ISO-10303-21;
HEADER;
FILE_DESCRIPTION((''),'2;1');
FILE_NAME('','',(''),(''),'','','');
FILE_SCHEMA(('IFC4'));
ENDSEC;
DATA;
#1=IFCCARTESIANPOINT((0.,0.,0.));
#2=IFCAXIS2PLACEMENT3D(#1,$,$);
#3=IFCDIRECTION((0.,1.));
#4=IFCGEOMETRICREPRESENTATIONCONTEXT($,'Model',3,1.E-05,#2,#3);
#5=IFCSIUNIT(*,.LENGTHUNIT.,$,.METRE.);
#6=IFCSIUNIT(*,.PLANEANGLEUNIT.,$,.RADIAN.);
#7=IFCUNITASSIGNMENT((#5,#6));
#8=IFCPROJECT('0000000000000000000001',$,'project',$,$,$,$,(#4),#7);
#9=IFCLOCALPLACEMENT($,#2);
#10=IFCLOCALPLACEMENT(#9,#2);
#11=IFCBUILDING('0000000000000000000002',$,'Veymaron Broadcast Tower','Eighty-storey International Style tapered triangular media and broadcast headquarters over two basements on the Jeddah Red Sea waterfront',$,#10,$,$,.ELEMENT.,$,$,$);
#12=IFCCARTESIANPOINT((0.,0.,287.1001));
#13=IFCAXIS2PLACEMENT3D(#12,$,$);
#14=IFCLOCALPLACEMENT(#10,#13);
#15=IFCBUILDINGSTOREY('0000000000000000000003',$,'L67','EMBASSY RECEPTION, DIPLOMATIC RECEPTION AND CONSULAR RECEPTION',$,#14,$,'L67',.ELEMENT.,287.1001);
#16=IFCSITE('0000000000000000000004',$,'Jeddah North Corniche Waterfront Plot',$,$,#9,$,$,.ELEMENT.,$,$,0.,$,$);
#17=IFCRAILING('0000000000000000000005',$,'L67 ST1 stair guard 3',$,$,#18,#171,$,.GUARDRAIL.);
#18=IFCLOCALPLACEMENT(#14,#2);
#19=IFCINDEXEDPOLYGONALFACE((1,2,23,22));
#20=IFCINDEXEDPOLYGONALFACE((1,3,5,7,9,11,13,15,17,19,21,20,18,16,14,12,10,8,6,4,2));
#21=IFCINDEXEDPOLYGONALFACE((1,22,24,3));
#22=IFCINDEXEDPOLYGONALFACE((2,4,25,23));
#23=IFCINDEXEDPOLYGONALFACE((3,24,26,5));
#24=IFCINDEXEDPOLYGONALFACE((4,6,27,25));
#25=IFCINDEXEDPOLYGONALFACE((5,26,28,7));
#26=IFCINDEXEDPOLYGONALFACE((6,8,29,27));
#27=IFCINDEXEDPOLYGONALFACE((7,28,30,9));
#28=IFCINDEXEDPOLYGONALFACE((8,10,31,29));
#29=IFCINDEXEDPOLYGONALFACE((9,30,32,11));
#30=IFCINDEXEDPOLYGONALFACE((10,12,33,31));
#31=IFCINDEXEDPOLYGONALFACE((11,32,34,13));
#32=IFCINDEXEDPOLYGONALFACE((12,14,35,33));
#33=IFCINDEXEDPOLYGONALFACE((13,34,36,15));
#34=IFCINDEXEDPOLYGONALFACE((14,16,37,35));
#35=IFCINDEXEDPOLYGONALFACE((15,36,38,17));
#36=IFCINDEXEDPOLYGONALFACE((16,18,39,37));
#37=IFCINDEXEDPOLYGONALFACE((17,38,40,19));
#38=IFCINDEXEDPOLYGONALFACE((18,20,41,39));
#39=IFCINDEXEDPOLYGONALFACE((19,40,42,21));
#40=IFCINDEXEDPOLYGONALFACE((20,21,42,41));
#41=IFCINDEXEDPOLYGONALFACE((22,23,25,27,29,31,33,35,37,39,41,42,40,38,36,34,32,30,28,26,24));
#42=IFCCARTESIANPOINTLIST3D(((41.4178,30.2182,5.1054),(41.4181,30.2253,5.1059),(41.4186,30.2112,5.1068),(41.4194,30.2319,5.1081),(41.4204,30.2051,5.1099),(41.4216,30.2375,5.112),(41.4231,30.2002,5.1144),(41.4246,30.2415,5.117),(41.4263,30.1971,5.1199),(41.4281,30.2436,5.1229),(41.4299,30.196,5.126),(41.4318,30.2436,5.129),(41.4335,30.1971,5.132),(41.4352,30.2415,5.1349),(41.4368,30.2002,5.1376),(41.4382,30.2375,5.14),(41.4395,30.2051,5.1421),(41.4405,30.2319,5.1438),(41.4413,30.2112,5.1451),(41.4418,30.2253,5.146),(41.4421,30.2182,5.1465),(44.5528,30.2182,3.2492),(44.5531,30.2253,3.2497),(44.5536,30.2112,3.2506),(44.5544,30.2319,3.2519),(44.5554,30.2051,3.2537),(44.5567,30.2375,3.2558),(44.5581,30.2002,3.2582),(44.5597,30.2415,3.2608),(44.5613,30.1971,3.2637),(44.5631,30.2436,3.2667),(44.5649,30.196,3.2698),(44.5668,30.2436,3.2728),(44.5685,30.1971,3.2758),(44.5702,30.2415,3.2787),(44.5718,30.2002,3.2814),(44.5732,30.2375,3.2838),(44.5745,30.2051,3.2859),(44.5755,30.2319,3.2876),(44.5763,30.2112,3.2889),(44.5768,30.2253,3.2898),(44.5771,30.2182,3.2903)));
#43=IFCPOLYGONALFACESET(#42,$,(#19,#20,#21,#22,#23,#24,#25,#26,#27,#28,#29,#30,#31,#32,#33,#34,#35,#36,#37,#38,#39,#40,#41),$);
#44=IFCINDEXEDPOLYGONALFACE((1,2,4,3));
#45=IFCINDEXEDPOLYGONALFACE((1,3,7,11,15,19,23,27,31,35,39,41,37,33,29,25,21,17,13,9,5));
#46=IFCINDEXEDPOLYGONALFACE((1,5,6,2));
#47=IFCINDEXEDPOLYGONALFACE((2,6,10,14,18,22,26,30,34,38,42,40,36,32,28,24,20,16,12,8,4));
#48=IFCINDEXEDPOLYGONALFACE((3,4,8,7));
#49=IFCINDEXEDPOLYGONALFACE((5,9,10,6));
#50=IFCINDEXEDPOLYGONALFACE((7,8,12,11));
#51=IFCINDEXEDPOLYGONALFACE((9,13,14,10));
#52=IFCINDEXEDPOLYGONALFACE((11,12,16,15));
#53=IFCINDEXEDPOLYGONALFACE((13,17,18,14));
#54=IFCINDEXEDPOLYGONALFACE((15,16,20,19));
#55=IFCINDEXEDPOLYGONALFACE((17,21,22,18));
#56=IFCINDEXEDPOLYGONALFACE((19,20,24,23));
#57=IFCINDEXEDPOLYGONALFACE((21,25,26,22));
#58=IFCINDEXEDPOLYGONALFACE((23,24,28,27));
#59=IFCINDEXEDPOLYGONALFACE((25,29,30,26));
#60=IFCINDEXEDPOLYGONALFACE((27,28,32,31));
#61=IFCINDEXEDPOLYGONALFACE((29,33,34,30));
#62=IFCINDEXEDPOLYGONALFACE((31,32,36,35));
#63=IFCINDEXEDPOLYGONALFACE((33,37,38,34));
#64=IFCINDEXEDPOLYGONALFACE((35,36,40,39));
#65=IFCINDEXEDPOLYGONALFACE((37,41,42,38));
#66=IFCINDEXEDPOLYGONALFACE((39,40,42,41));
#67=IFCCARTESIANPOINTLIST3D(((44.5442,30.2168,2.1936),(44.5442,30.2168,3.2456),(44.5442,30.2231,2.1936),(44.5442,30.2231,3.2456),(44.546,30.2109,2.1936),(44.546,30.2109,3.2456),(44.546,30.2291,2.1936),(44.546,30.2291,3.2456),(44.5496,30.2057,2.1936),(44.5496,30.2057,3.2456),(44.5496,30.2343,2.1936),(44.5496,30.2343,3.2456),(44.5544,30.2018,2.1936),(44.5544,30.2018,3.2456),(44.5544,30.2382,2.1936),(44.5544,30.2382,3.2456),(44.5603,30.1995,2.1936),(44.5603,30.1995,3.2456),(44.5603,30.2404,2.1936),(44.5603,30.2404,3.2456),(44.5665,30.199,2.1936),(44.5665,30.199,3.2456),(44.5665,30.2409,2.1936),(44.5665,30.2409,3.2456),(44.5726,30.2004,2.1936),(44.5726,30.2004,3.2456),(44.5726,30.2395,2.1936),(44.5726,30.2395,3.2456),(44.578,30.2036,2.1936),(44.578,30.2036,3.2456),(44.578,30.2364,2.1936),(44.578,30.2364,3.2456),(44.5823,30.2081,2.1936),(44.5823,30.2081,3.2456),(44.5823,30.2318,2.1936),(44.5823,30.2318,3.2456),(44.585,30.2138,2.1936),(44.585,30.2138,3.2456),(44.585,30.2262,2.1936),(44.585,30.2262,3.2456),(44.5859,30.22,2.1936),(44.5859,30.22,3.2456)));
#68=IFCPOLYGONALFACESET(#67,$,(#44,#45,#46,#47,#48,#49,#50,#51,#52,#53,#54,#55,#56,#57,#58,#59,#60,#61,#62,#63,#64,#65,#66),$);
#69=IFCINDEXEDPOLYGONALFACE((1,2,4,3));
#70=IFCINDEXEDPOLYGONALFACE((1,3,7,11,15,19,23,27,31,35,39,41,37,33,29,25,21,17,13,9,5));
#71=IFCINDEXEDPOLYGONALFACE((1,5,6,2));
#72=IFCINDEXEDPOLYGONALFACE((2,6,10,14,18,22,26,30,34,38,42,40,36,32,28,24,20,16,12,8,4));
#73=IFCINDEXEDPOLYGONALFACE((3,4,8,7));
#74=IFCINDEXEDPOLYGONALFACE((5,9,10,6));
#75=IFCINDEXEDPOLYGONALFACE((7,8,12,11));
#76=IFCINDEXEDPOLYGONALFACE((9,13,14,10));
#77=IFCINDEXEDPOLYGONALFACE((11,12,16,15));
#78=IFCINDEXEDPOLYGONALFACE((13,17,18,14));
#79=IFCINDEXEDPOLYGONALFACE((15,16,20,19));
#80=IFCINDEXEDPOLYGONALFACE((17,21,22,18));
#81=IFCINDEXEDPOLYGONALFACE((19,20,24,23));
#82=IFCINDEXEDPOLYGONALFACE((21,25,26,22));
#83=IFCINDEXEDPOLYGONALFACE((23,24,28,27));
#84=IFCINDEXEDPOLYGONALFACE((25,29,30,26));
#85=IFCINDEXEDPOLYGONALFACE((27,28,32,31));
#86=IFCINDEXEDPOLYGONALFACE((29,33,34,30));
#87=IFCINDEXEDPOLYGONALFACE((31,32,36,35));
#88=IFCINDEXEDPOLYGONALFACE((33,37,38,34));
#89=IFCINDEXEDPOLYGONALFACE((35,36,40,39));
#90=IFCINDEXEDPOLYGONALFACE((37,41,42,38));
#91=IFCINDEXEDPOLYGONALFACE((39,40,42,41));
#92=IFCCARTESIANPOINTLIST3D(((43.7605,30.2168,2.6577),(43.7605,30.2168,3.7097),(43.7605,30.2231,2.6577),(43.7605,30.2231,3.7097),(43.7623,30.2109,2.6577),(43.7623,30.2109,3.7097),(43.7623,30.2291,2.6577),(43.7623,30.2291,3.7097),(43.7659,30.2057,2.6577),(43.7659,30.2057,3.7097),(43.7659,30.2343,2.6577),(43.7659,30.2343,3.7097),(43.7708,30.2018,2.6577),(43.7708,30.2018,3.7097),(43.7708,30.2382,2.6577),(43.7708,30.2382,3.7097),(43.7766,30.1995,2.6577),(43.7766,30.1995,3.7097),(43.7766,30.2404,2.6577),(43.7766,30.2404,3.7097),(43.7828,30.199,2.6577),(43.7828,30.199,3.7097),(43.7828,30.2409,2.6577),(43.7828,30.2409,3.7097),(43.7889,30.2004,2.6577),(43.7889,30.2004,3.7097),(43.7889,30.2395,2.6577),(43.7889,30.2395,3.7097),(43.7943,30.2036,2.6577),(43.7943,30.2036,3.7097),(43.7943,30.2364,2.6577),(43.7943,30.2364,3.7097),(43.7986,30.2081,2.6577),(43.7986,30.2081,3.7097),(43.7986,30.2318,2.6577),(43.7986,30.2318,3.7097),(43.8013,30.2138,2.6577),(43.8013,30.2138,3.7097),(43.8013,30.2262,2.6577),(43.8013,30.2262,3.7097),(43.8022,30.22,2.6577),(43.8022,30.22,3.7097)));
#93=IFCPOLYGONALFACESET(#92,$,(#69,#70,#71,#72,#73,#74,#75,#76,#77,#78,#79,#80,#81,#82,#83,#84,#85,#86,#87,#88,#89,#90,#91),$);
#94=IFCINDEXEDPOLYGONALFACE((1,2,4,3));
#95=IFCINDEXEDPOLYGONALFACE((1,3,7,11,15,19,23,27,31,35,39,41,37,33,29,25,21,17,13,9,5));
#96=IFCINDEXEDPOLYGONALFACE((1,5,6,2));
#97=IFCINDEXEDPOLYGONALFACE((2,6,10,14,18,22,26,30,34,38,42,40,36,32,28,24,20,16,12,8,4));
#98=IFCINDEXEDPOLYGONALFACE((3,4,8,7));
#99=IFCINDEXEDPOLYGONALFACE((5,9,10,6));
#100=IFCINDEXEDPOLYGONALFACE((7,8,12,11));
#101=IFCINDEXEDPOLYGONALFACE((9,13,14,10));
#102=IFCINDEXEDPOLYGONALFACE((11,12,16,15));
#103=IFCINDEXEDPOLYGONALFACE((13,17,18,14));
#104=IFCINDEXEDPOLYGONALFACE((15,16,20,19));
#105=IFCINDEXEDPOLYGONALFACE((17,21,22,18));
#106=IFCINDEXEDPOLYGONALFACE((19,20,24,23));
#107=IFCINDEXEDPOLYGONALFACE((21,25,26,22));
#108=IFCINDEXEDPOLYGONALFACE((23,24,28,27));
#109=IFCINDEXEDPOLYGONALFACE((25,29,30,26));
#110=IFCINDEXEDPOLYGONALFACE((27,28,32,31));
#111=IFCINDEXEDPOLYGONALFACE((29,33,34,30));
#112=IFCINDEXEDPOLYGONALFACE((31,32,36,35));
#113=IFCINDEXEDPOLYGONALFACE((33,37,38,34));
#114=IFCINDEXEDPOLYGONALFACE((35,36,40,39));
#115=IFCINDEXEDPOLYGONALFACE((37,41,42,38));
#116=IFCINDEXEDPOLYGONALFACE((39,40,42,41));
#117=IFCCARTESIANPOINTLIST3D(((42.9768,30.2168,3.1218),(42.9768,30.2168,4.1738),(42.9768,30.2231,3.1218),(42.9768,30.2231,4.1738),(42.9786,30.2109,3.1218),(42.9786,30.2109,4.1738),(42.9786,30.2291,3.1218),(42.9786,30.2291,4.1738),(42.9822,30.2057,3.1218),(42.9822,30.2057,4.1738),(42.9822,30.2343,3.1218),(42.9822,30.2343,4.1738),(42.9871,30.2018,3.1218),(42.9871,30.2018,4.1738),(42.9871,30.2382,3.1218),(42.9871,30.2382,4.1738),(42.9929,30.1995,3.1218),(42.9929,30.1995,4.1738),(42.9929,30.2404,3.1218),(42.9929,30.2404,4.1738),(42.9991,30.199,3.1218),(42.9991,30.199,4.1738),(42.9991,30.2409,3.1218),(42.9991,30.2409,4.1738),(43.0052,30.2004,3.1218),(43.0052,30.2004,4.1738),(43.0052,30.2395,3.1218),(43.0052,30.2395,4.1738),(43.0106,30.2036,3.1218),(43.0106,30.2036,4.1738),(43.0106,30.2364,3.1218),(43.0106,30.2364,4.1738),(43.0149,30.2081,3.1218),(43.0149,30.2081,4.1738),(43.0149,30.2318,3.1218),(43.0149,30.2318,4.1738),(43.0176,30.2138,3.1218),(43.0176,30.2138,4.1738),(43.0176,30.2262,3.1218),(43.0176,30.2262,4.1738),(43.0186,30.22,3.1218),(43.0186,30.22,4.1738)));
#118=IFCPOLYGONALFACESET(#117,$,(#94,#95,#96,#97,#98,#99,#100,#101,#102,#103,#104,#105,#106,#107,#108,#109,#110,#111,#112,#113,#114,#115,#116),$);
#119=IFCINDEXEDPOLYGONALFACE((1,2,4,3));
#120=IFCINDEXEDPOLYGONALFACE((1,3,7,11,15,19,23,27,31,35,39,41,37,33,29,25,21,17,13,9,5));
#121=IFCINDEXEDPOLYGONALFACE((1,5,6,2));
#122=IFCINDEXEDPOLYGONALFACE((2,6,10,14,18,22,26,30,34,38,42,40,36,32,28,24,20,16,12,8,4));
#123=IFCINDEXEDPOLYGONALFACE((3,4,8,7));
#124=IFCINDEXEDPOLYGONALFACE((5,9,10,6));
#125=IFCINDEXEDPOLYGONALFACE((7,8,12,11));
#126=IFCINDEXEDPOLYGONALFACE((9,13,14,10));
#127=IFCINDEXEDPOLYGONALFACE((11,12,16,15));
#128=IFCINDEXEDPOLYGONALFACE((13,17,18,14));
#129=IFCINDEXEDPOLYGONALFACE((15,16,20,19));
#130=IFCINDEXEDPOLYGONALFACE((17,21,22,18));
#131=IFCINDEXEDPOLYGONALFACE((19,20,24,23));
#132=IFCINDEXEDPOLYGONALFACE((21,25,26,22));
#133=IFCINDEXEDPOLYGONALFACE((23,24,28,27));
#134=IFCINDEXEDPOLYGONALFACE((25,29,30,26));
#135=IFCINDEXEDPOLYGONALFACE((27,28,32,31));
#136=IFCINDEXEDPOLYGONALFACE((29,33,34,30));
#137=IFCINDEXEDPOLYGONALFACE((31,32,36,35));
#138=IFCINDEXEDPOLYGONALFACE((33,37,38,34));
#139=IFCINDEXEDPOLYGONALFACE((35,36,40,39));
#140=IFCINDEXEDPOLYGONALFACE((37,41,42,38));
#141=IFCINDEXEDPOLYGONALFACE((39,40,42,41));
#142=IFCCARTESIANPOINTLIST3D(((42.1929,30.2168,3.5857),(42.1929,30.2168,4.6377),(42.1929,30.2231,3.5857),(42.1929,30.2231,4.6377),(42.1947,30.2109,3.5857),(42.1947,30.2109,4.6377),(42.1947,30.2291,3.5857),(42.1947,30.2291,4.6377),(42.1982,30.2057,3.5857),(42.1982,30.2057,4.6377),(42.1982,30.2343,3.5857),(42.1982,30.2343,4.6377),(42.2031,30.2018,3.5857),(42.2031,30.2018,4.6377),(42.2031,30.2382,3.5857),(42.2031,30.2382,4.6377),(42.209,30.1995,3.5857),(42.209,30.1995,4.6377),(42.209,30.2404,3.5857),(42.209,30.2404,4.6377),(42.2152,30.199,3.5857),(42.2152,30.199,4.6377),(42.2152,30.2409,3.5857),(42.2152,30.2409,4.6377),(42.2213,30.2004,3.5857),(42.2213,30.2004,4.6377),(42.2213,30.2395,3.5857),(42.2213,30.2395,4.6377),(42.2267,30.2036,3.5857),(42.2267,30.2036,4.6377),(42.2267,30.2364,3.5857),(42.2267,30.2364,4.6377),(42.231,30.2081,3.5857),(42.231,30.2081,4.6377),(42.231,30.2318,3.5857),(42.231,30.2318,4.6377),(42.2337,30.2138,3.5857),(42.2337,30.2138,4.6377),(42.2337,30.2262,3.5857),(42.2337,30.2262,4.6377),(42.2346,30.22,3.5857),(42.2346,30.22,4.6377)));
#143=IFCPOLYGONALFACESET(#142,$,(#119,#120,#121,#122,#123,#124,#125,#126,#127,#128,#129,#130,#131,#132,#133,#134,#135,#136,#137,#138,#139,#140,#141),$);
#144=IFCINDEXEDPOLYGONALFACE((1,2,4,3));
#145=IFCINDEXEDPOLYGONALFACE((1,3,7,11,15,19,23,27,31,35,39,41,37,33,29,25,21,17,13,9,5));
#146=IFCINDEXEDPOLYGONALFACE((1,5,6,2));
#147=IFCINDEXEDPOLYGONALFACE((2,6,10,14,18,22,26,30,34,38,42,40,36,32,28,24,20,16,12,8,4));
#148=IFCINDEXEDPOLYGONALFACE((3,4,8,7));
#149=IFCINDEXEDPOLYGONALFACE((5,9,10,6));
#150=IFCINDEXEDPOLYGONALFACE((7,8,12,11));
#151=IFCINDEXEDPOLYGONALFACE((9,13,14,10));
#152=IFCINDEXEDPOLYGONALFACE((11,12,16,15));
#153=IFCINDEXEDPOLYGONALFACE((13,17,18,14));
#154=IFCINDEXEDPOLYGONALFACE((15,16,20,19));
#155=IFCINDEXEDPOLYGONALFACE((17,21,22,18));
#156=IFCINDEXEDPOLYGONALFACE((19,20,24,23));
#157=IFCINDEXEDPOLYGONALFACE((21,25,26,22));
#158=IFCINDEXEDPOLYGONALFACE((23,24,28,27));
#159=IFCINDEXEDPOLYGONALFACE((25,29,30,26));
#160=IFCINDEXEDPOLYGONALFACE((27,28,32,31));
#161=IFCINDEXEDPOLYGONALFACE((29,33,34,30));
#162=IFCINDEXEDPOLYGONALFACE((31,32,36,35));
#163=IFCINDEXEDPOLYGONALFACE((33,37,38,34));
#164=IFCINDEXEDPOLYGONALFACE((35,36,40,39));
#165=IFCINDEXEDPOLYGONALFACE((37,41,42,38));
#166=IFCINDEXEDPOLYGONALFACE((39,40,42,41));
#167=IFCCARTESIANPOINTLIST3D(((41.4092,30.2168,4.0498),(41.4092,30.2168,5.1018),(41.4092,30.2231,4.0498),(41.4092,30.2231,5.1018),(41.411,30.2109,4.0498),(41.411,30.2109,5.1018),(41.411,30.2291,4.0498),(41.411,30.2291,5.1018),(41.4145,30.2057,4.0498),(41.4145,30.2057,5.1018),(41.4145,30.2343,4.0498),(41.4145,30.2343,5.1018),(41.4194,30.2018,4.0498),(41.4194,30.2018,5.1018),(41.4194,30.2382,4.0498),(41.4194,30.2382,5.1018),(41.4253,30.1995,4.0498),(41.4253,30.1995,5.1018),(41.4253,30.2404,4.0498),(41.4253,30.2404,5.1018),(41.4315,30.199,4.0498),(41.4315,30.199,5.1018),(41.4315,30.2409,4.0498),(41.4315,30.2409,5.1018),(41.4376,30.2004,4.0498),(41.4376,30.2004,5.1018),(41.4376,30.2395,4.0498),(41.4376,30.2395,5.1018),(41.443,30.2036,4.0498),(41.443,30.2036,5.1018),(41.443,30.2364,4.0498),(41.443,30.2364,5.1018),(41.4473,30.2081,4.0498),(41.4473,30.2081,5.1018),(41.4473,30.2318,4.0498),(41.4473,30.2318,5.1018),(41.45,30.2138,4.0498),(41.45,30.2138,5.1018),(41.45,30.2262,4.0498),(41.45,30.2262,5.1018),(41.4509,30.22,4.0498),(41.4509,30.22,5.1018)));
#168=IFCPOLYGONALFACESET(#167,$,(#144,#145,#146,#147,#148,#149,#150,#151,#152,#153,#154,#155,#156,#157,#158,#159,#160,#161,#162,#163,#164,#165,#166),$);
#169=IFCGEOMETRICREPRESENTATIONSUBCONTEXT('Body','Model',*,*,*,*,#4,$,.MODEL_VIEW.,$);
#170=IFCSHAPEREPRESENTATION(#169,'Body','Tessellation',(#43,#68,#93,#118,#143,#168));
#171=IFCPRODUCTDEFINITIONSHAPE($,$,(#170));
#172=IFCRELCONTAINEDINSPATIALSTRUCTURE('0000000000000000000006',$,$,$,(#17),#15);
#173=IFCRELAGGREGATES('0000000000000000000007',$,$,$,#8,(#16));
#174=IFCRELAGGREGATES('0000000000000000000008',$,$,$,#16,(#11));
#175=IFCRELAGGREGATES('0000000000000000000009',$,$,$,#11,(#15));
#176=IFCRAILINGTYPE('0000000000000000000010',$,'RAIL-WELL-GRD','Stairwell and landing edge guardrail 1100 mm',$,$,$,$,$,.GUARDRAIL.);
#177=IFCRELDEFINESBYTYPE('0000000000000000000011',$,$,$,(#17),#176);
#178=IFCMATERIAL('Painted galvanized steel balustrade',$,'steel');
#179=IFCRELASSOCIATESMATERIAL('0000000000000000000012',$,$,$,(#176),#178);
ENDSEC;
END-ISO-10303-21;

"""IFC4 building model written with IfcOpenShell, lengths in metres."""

from ifc_helpers import new_model, si_unit, direction, frame, origin, origin_2d, place, context, subcontext, project, spatial, circle, extrude, material, type_object, element, save


model = new_model("IFC4")

# Units and contexts
model_context = context("Model", 3, precision=1e-05, world=origin(), true_north=direction((0.0, 1.0)))
body_context = subcontext(model_context, "Body", "Model", "MODEL_VIEW")
ifc_project = project(units=[si_unit("LENGTHUNIT", "METRE"), si_unit("PLANEANGLEUNIT", "RADIAN")], contexts=[model_context])

# Site, building, storey
site_placement = place(None, origin())
site = spatial("IfcSite", under=ifc_project, at=site_placement, Name="Jeddah North Corniche Waterfront Plot", CompositionType="ELEMENT", RefElevation=0.0)
building_placement = place(site_placement, origin())
building = spatial("IfcBuilding", under=site, at=building_placement, Name="Veymaron Broadcast Tower", Description="Eighty-storey International Style tapered triangular media and broadcast headquarters over two basements on the Jeddah Red Sea waterfront", CompositionType="ELEMENT")
storey_placement = place(building_placement, frame((0.0, 0.0, 287.1001)))
storey = spatial("IfcBuildingStorey", under=building, at=storey_placement, Name="L67", Description="EMBASSY RECEPTION, DIPLOMATIC RECEPTION AND CONSULAR RECEPTION", LongName="L67", CompositionType="ELEMENT", Elevation=287.1001)

# Railing
ifc_material_1 = material(Name="Painted galvanized steel balustrade", Category="steel")
railing_type_1 = type_object("IfcRailingType", Name="RAIL-WELL-GRD", Description="Stairwell and landing edge guardrail 1100 mm", PredefinedType="GUARDRAIL", material=ifc_material_1)
railing_1_placement = place(storey_placement, frame((44.5649, 30.22, 2.1936)))
element("IfcRailing", 1, at=railing_1_placement, inside=storey, type_object=railing_type_1, Name="L67 ST1 stair guard 3", PredefinedType="GUARDRAIL", context=body_context, shape_type="SweptSolid", body=[
    extrude(circle(Radius=0.0239, at=origin_2d()), frame((0.0, 0.0, 1.0762), z_axis=(-0.860482, 0.0, 0.509481), x_axis=(0.0, -1.0, 0.0)), (0.0, 0.0, 1.0), 3.6433),
    extrude(circle(Radius=0.021, at=origin_2d()), origin(), (0.0, 0.0, 1.0), 1.052),
    extrude(circle(Radius=0.021, at=origin_2d()), frame((-0.7837, 0.0, 0.4641)), (0.0, 0.0, 1.0), 1.052),
    extrude(circle(Radius=0.021, at=origin_2d()), frame((-1.5674, 0.0, 0.9282)), (0.0, 0.0, 1.0), 1.052),
    extrude(circle(Radius=0.021, at=origin_2d()), frame((-2.3513, 0.0, 1.3921)), (0.0, 0.0, 1.0), 1.052),
    extrude(circle(Radius=0.021, at=origin_2d()), frame((-3.135, 0.0, 1.8562)), (0.0, 0.0, 1.0), 1.052),
])

save(model, "model.ifc")
